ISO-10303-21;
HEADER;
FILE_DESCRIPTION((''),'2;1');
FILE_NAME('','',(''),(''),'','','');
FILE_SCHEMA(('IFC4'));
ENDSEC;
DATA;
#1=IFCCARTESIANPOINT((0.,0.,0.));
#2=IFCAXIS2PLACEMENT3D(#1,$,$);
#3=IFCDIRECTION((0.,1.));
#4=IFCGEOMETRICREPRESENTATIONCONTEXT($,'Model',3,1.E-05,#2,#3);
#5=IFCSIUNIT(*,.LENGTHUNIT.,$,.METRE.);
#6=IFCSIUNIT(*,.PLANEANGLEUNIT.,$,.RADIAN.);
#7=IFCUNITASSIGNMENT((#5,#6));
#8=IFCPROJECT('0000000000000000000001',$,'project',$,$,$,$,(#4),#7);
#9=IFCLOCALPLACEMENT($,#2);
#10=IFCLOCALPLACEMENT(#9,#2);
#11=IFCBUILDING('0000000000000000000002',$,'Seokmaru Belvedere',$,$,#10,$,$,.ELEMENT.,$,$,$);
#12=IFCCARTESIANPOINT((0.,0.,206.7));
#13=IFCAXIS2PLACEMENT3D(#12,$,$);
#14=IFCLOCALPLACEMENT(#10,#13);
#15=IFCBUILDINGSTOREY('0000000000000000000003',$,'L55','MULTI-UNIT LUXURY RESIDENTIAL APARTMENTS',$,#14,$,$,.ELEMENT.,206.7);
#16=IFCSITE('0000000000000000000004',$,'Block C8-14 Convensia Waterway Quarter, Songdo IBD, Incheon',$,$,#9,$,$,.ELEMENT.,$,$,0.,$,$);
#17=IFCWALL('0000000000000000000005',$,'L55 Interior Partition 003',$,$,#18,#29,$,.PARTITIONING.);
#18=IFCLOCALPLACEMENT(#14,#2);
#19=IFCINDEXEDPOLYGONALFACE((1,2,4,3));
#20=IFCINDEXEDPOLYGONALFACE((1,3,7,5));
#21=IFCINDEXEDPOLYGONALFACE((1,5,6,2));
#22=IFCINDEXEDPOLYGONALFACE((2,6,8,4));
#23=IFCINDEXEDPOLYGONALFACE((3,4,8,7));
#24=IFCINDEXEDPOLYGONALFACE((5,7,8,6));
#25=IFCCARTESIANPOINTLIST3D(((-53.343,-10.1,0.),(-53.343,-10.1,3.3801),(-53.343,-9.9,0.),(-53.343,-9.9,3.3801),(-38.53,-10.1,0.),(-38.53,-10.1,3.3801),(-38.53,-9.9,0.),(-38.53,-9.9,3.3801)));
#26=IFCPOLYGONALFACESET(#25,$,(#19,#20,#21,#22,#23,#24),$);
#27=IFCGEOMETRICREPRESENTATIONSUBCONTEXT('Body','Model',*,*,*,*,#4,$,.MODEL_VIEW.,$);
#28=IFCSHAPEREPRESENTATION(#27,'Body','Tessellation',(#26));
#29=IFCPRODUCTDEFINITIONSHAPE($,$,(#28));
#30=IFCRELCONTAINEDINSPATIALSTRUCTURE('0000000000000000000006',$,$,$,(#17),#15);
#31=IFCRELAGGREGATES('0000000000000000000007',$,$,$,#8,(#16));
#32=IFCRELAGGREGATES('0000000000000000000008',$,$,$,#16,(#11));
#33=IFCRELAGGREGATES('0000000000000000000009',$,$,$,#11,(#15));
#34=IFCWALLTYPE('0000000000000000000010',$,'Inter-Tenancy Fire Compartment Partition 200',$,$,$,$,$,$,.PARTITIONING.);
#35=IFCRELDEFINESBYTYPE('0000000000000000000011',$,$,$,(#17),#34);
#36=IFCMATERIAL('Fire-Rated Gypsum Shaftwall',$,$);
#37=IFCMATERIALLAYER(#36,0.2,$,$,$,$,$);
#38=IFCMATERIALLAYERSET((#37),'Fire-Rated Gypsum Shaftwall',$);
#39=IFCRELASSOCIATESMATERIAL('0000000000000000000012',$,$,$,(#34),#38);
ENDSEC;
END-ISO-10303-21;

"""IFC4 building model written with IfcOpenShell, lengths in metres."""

from ifc_helpers import new_model, si_unit, direction, frame, frame_2d, origin, place, context, subcontext, project, spatial, rectangle, extrude, material, layer, layer_set, type_object, element, save


model = new_model("IFC4")

# Units and contexts
model_context = context("Model", 3, precision=1e-05, world=origin(), true_north=direction((0.0, 1.0)))
body_context = subcontext(model_context, "Body", "Model", "MODEL_VIEW")
ifc_project = project(units=[si_unit("LENGTHUNIT", "METRE"), si_unit("PLANEANGLEUNIT", "RADIAN")], contexts=[model_context])

# Site, building, storey
site_placement = place(None, origin())
site = spatial("IfcSite", under=ifc_project, at=site_placement, Name="Block C8-14 Convensia Waterway Quarter, Songdo IBD, Incheon", CompositionType="ELEMENT", RefElevation=0.0)
building_placement = place(site_placement, origin())
building = spatial("IfcBuilding", under=site, at=building_placement, Name="Seokmaru Belvedere", CompositionType="ELEMENT")
storey_placement = place(building_placement, frame((0.0, 0.0, 206.7)))
storey = spatial("IfcBuildingStorey", under=building, at=storey_placement, Name="L55", Description="MULTI-UNIT LUXURY RESIDENTIAL APARTMENTS", CompositionType="ELEMENT", Elevation=206.7)

# Shared definitions
ifc_material_1 = material(Name="Fire-Rated Gypsum Shaftwall")

# Wall
ifc_layer_1 = layer(ifc_material_1, 0.2)
ifc_layer_set_1 = layer_set([ifc_layer_1], Name="Fire-Rated Gypsum Shaftwall")
wall_type_1 = type_object("IfcWallType", Name="Inter-Tenancy Fire Compartment Partition 200", PredefinedType="PARTITIONING", material=ifc_layer_set_1)
wall_1_placement = place(storey_placement, frame((-53.343, -10.0, 0.0), z_axis=(0.0, 0.0, 1.0), x_axis=(1.0, 0.0, 0.0)))
element("IfcWall", 1, at=wall_1_placement, inside=storey, type_object=wall_type_1, Name="L55 Interior Partition 003", PredefinedType="PARTITIONING", context=body_context, shape_type="SweptSolid", body=[
    extrude(rectangle(XDim=14.813, YDim=0.2, at=frame_2d((7.4065, 0.0))), origin(), (0.0, 0.0, 1.0), 3.3801),
])

save(model, "model.ifc")
